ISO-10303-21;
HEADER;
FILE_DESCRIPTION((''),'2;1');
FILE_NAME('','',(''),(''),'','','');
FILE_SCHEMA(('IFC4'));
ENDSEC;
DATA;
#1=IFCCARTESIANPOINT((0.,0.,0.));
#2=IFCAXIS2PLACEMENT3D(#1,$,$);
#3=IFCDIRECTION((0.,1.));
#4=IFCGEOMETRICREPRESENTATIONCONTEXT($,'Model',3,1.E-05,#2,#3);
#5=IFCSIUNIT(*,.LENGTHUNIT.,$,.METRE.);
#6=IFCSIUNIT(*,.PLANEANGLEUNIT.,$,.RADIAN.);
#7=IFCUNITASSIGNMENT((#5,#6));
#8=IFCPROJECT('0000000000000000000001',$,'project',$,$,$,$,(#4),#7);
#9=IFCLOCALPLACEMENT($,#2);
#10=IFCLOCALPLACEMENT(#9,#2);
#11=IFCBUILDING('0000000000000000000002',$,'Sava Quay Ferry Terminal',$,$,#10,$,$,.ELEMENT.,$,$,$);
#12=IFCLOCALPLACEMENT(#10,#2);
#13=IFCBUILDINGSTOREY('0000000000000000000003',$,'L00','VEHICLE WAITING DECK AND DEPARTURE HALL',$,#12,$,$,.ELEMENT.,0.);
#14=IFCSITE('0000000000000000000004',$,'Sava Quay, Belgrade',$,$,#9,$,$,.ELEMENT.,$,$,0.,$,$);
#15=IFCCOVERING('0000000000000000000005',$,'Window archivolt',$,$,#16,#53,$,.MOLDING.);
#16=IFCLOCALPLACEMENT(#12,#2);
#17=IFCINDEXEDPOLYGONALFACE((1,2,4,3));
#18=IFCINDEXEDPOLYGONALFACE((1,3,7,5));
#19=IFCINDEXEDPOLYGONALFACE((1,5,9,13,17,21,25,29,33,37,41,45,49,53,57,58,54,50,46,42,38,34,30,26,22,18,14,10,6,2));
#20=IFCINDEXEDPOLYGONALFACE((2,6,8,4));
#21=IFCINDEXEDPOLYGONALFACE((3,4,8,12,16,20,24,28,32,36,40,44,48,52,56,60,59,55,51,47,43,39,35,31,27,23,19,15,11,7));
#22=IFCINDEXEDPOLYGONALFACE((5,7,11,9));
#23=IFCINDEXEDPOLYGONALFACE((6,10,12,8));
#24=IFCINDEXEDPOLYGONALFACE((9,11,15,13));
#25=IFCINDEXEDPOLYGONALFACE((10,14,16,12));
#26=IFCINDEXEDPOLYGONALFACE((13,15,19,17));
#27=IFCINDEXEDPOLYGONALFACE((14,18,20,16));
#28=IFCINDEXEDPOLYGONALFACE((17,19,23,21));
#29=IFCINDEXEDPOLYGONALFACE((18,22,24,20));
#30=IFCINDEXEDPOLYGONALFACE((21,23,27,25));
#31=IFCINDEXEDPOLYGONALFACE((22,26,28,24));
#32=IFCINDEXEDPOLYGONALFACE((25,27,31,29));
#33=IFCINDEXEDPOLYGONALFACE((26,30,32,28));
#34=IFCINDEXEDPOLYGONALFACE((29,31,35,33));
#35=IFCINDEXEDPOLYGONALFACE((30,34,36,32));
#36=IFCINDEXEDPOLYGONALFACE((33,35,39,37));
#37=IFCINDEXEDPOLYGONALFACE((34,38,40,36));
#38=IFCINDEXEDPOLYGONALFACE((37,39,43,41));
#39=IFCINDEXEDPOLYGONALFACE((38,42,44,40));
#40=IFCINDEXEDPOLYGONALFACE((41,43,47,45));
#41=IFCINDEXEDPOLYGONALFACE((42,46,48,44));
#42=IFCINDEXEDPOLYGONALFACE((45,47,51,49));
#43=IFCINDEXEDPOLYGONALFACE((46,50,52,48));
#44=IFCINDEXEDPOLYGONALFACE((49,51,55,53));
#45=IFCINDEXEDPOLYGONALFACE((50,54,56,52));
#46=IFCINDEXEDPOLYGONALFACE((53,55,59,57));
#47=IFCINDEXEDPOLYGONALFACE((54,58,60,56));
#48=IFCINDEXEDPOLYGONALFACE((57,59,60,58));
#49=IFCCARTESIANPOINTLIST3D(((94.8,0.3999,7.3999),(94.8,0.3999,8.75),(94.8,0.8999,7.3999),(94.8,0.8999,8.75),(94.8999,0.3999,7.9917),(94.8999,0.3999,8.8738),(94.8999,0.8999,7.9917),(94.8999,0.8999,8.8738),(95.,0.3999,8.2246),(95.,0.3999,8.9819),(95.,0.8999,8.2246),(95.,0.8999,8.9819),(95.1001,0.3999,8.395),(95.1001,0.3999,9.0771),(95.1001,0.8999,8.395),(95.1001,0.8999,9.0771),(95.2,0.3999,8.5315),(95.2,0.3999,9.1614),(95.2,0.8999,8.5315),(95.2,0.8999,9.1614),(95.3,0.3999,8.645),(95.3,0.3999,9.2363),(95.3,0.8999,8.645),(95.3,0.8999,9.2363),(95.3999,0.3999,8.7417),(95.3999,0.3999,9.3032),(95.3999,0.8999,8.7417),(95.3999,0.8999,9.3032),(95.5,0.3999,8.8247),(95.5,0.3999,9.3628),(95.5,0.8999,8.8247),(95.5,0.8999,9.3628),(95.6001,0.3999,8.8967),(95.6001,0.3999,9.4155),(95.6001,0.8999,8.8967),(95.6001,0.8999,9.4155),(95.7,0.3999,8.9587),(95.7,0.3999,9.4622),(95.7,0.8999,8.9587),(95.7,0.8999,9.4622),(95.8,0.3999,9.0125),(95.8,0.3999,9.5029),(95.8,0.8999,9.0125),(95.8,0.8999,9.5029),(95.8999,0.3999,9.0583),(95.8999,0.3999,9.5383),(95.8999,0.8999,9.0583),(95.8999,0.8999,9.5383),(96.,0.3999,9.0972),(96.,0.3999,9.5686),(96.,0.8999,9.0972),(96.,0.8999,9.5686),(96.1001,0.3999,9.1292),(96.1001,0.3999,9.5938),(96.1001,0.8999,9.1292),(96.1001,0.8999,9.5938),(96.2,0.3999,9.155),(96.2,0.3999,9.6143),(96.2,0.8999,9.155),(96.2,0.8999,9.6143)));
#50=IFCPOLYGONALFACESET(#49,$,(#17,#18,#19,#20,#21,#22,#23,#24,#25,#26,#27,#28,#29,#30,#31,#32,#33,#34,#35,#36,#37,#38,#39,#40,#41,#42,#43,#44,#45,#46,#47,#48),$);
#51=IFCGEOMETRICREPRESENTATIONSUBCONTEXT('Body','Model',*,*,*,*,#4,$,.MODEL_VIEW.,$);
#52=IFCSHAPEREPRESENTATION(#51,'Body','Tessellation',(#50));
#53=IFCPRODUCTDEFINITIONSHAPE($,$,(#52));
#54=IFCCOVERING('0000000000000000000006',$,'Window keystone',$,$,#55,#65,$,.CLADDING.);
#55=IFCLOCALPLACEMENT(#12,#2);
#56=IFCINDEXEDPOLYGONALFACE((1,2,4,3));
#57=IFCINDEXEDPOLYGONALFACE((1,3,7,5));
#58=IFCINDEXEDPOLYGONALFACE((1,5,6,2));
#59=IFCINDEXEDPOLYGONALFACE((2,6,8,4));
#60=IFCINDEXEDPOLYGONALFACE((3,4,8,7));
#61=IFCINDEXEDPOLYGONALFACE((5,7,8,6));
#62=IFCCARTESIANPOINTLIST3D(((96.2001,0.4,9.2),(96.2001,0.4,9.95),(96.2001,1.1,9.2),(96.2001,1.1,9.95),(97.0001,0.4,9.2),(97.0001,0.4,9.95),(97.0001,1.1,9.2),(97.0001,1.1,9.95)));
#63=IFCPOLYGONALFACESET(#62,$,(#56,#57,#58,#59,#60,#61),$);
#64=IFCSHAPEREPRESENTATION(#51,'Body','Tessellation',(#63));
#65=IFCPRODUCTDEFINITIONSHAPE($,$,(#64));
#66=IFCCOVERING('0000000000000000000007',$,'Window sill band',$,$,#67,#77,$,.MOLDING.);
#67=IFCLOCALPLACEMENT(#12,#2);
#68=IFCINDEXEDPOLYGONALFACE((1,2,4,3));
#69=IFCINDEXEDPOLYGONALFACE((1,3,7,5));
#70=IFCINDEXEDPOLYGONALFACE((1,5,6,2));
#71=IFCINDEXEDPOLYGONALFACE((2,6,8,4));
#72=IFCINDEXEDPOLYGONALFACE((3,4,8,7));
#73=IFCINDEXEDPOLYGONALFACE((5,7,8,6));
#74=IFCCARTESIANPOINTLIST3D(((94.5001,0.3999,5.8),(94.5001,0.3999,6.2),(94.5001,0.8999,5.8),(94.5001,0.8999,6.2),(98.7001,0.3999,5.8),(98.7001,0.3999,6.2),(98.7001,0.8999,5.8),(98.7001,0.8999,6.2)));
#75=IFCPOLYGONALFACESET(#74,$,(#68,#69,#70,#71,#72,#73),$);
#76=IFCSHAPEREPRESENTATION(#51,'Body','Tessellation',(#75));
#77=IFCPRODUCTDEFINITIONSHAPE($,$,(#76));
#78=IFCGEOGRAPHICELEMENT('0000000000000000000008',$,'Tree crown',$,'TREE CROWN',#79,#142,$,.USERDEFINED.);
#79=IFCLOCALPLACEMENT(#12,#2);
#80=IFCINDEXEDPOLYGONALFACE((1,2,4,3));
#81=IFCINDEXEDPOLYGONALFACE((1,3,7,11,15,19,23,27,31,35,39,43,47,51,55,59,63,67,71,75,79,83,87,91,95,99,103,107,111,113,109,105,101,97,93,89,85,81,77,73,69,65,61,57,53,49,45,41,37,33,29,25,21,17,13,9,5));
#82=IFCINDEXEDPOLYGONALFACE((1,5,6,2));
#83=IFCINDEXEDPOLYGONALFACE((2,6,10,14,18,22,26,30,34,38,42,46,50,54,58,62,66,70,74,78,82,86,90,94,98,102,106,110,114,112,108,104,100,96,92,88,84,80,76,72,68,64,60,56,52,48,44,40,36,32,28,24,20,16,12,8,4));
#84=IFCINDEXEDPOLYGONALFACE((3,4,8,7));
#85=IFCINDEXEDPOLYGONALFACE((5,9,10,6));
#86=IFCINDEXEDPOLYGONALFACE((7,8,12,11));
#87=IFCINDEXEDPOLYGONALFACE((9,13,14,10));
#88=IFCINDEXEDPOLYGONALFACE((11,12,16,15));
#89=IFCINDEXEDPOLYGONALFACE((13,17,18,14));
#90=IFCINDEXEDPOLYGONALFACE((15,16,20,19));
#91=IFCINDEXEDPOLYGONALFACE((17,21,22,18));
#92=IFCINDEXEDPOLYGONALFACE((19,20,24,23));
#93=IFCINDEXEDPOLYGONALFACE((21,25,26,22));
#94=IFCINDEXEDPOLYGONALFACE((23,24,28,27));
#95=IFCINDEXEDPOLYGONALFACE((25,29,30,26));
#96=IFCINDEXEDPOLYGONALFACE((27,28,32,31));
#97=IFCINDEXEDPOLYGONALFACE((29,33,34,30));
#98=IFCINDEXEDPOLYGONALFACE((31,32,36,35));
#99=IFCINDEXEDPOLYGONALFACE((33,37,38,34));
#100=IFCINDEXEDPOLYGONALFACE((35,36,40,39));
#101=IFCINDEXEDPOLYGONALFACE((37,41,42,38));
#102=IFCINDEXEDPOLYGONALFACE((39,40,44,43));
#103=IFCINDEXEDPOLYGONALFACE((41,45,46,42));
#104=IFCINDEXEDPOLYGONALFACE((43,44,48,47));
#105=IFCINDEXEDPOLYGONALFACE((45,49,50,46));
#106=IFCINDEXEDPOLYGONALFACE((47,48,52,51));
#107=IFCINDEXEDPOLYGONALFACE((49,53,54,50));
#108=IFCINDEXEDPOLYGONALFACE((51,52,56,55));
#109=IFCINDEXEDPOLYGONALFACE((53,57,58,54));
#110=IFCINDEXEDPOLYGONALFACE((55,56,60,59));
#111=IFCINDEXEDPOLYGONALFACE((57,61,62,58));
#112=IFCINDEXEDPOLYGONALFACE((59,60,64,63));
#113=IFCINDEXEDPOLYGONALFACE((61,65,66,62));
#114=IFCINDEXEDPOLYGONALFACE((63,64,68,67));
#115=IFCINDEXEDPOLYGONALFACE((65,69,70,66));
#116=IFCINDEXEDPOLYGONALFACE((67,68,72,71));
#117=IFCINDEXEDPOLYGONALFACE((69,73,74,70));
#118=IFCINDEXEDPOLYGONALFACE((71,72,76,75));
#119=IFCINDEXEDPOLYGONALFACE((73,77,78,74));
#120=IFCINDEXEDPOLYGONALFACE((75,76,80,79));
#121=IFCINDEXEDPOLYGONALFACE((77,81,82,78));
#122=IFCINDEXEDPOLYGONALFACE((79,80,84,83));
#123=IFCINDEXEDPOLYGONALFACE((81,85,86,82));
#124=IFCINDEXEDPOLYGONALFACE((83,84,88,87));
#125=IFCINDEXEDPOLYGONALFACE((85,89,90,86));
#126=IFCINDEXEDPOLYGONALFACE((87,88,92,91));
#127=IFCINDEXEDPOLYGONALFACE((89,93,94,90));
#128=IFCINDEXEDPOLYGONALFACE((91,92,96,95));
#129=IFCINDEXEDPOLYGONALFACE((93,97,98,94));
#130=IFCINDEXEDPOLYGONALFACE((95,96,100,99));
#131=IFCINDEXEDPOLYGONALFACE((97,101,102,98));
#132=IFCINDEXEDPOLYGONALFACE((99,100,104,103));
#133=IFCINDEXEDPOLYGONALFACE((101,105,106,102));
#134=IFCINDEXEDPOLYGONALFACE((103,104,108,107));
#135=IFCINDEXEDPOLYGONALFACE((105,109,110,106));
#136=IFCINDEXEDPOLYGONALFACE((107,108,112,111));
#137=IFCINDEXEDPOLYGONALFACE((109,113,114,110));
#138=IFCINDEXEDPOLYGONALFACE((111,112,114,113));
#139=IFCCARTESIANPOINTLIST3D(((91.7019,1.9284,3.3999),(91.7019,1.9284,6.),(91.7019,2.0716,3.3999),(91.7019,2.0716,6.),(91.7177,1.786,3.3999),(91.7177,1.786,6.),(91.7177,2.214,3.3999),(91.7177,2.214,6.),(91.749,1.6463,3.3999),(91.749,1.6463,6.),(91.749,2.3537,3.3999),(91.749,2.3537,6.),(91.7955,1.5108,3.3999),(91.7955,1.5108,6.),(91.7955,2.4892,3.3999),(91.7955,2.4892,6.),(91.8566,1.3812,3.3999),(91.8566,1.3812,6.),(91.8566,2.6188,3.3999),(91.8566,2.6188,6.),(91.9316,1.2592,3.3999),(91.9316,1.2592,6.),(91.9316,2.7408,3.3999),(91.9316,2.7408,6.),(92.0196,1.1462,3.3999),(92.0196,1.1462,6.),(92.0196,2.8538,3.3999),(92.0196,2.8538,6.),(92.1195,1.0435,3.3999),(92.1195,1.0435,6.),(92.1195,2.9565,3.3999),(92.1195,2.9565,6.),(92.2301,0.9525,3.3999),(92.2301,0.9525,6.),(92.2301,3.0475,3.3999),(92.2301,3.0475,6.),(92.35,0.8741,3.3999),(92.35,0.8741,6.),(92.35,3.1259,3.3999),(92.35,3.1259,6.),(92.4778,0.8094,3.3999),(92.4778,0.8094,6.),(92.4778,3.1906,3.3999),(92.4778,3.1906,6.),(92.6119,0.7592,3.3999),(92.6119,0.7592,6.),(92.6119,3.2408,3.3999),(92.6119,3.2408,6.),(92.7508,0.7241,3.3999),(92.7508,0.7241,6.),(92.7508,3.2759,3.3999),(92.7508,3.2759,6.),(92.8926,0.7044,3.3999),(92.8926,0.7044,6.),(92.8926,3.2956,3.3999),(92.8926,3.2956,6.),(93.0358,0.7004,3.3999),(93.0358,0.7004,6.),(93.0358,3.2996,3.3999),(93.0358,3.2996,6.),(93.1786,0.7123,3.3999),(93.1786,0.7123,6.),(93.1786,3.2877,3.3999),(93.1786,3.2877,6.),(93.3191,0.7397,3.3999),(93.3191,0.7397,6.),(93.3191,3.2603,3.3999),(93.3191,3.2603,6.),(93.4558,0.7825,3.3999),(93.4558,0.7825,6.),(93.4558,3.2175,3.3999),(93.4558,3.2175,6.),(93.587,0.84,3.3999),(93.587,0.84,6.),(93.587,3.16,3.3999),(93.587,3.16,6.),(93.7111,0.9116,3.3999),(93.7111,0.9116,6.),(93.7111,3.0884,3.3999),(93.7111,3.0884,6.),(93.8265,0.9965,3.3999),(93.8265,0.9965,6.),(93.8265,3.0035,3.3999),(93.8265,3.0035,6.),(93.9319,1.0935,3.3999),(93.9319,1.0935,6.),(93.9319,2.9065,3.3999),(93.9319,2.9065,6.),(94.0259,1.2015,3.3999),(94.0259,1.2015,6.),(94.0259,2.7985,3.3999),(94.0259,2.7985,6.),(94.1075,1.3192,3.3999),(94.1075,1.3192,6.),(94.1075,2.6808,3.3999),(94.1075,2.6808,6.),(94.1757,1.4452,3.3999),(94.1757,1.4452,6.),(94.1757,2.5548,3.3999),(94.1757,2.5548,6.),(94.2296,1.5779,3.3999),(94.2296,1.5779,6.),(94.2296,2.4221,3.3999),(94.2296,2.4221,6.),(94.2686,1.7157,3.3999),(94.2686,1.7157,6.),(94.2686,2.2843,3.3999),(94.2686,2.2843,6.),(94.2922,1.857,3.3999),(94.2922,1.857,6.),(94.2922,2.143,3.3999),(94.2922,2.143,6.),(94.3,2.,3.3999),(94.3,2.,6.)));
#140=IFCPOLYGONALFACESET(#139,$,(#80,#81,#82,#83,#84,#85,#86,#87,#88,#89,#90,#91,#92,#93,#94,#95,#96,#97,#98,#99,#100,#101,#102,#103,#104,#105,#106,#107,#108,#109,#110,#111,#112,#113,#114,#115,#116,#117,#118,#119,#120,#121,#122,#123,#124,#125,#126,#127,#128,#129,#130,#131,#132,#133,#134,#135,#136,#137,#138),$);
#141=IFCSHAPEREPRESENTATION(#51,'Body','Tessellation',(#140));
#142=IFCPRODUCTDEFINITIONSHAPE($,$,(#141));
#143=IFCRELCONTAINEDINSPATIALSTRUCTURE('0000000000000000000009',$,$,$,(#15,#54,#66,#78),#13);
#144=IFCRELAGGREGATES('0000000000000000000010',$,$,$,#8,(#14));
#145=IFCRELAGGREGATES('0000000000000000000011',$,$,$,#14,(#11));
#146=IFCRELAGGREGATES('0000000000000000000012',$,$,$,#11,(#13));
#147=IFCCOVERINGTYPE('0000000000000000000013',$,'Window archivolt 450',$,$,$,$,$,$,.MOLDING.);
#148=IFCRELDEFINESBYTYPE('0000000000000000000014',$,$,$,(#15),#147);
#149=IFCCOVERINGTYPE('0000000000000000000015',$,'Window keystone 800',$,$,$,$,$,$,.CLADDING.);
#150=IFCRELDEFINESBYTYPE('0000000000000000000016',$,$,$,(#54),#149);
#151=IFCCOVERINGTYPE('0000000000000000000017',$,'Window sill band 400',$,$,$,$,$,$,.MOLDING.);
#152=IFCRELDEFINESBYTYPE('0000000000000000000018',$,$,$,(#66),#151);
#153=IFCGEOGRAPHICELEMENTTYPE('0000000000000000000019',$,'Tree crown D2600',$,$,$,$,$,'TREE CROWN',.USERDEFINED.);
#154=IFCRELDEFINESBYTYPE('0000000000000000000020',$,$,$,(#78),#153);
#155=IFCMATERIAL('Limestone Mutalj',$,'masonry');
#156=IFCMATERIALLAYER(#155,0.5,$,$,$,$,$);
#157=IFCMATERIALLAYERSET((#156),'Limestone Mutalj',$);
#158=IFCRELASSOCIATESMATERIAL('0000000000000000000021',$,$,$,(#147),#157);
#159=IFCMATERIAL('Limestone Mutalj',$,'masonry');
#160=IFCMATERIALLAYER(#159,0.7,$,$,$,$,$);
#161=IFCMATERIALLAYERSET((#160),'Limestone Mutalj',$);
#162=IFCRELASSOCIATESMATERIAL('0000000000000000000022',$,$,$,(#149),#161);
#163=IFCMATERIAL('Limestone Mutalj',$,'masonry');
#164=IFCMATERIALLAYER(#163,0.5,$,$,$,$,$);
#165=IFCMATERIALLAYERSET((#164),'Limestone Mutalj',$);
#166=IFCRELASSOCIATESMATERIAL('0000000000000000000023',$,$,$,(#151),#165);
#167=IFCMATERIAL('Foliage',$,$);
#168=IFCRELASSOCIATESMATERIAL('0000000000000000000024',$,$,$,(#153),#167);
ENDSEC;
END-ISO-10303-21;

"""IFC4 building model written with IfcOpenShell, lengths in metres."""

from ifc_helpers import new_model, si_unit, direction, frame, origin, origin_2d, place, context, subcontext, project, spatial, polyline, rectangle, circle, outline, extrude, material, layer, layer_set, type_object, element, save


model = new_model("IFC4")

# Units and contexts
model_context = context("Model", 3, precision=1e-05, world=origin(), true_north=direction((0.0, 1.0)))
body_context = subcontext(model_context, "Body", "Model", "MODEL_VIEW")
ifc_project = project(units=[si_unit("LENGTHUNIT", "METRE"), si_unit("PLANEANGLEUNIT", "RADIAN")], contexts=[model_context])

# Site, building, storey
site_placement = place(None, origin())
site = spatial("IfcSite", under=ifc_project, at=site_placement, Name="Sava Quay, Belgrade", CompositionType="ELEMENT", RefElevation=0.0)
building_placement = place(site_placement, origin())
building = spatial("IfcBuilding", under=site, at=building_placement, Name="Sava Quay Ferry Terminal", CompositionType="ELEMENT")
storey_placement = place(building_placement, origin())
storey = spatial("IfcBuildingStorey", under=building, at=storey_placement, Name="L00", Description="VEHICLE WAITING DECK AND DEPARTURE HALL", CompositionType="ELEMENT", Elevation=0.0)

# Coverings
ifc_material_1 = material(Name="Limestone Mutalj", Category="masonry")
ifc_layer_1 = layer(ifc_material_1, 0.5)
ifc_layer_set_1 = layer_set([ifc_layer_1], Name="Limestone Mutalj")
covering_type_1 = type_object("IfcCoveringType", Name="Window archivolt 450", PredefinedType="MOLDING", material=ifc_layer_set_1)
covering_1_placement = place(storey_placement, frame((94.8, 0.3999, 7.3999), z_axis=(0.0, -1.0, 0.0), x_axis=(0.166378, 0.0, 0.986062)))
element("IfcCovering", 1, at=covering_1_placement, inside=storey, type_object=covering_type_1, Name="Window archivolt", PredefinedType="MOLDING", context=body_context, shape_type="SweptSolid", body=[
    extrude(outline(polyline([(0.0, 0.0), (0.6002, 0.0), (0.8465, -0.06), (1.0312, -0.1303), (1.1824, -0.2061), (1.311, -0.2859), (1.4229, -0.3682), (1.5214, -0.4531), (1.6091, -0.5399), (1.6868, -0.628), (1.7565, -0.7178), (1.8183, -0.8086), (1.8733, -0.9008), (1.9214, -0.9942), (1.9636, -1.0884), (2.4164, -1.012), (2.3796, -0.9169), (2.3381, -0.8224), (2.2916, -0.7287), (2.2401, -0.6362), (2.1832, -0.5442), (2.1206, -0.4535), (2.052, -0.3636), (1.9766, -0.2748), (1.894, -0.1875), (1.8035, -0.1013), (1.7038, -0.0168), (1.5932, 0.0661), (1.4699, 0.1468), (1.3313, 0.2246), (0.0, 0.0)])), origin(), (0.0, 0.0, -1.0), 0.5),
])
ifc_material_2 = material(Name="Limestone Mutalj", Category="masonry")
ifc_layer_2 = layer(ifc_material_2, 0.7)
ifc_layer_set_2 = layer_set([ifc_layer_2], Name="Limestone Mutalj")
covering_type_2 = type_object("IfcCoveringType", Name="Window keystone 800", PredefinedType="CLADDING", material=ifc_layer_set_2)
covering_2_placement = place(storey_placement, frame((96.6001, 0.75, 9.2), z_axis=(0.0, 0.0, 1.0), x_axis=(1.0, 0.0, 0.0)))
element("IfcCovering", 2, at=covering_2_placement, inside=storey, type_object=covering_type_2, Name="Window keystone", PredefinedType="CLADDING", context=body_context, shape_type="SweptSolid", body=[
    extrude(rectangle(XDim=0.8, YDim=0.7, at=origin_2d()), origin(), (0.0, 0.0, 1.0), 0.75),
])
ifc_material_3 = material(Name="Limestone Mutalj", Category="masonry")
ifc_layer_3 = layer(ifc_material_3, 0.5)
ifc_layer_set_3 = layer_set([ifc_layer_3], Name="Limestone Mutalj")
covering_type_3 = type_object("IfcCoveringType", Name="Window sill band 400", PredefinedType="MOLDING", material=ifc_layer_set_3)
covering_3_placement = place(storey_placement, frame((96.6001, 0.6499, 5.8), z_axis=(0.0, 0.0, 1.0), x_axis=(1.0, 0.0, 0.0)))
element("IfcCovering", 3, at=covering_3_placement, inside=storey, type_object=covering_type_3, Name="Window sill band", PredefinedType="MOLDING", context=body_context, shape_type="SweptSolid", body=[
    extrude(rectangle(XDim=4.2, YDim=0.5, at=origin_2d()), origin(), (0.0, 0.0, 1.0), 0.3999),
])

# Geographic element
ifc_material_4 = material(Name="Foliage")
geographic_element_type_1 = type_object("IfcGeographicElementType", Name="Tree crown D2600", ElementType="TREE CROWN", PredefinedType="USERDEFINED", material=ifc_material_4)
for number, where, z_axis, x_axis, name in (
    (4, (93.0, 2.0, 6.0), (0.0, 0.0, -1.0), (1.0, 0.0, 0.0), "Tree crown"),
):
    element("IfcGeographicElement", number, at=place(storey_placement, frame(where, z_axis=z_axis, x_axis=x_axis)), inside=storey, type_object=geographic_element_type_1, Name=name, ObjectType="TREE CROWN", PredefinedType="USERDEFINED", context=body_context, shape_type="SweptSolid", body=[
        extrude(circle(Radius=1.3, at=origin_2d()), origin(), (0.0, 0.0, 1.0), 2.6001),
    ])

save(model, "model.ifc")
